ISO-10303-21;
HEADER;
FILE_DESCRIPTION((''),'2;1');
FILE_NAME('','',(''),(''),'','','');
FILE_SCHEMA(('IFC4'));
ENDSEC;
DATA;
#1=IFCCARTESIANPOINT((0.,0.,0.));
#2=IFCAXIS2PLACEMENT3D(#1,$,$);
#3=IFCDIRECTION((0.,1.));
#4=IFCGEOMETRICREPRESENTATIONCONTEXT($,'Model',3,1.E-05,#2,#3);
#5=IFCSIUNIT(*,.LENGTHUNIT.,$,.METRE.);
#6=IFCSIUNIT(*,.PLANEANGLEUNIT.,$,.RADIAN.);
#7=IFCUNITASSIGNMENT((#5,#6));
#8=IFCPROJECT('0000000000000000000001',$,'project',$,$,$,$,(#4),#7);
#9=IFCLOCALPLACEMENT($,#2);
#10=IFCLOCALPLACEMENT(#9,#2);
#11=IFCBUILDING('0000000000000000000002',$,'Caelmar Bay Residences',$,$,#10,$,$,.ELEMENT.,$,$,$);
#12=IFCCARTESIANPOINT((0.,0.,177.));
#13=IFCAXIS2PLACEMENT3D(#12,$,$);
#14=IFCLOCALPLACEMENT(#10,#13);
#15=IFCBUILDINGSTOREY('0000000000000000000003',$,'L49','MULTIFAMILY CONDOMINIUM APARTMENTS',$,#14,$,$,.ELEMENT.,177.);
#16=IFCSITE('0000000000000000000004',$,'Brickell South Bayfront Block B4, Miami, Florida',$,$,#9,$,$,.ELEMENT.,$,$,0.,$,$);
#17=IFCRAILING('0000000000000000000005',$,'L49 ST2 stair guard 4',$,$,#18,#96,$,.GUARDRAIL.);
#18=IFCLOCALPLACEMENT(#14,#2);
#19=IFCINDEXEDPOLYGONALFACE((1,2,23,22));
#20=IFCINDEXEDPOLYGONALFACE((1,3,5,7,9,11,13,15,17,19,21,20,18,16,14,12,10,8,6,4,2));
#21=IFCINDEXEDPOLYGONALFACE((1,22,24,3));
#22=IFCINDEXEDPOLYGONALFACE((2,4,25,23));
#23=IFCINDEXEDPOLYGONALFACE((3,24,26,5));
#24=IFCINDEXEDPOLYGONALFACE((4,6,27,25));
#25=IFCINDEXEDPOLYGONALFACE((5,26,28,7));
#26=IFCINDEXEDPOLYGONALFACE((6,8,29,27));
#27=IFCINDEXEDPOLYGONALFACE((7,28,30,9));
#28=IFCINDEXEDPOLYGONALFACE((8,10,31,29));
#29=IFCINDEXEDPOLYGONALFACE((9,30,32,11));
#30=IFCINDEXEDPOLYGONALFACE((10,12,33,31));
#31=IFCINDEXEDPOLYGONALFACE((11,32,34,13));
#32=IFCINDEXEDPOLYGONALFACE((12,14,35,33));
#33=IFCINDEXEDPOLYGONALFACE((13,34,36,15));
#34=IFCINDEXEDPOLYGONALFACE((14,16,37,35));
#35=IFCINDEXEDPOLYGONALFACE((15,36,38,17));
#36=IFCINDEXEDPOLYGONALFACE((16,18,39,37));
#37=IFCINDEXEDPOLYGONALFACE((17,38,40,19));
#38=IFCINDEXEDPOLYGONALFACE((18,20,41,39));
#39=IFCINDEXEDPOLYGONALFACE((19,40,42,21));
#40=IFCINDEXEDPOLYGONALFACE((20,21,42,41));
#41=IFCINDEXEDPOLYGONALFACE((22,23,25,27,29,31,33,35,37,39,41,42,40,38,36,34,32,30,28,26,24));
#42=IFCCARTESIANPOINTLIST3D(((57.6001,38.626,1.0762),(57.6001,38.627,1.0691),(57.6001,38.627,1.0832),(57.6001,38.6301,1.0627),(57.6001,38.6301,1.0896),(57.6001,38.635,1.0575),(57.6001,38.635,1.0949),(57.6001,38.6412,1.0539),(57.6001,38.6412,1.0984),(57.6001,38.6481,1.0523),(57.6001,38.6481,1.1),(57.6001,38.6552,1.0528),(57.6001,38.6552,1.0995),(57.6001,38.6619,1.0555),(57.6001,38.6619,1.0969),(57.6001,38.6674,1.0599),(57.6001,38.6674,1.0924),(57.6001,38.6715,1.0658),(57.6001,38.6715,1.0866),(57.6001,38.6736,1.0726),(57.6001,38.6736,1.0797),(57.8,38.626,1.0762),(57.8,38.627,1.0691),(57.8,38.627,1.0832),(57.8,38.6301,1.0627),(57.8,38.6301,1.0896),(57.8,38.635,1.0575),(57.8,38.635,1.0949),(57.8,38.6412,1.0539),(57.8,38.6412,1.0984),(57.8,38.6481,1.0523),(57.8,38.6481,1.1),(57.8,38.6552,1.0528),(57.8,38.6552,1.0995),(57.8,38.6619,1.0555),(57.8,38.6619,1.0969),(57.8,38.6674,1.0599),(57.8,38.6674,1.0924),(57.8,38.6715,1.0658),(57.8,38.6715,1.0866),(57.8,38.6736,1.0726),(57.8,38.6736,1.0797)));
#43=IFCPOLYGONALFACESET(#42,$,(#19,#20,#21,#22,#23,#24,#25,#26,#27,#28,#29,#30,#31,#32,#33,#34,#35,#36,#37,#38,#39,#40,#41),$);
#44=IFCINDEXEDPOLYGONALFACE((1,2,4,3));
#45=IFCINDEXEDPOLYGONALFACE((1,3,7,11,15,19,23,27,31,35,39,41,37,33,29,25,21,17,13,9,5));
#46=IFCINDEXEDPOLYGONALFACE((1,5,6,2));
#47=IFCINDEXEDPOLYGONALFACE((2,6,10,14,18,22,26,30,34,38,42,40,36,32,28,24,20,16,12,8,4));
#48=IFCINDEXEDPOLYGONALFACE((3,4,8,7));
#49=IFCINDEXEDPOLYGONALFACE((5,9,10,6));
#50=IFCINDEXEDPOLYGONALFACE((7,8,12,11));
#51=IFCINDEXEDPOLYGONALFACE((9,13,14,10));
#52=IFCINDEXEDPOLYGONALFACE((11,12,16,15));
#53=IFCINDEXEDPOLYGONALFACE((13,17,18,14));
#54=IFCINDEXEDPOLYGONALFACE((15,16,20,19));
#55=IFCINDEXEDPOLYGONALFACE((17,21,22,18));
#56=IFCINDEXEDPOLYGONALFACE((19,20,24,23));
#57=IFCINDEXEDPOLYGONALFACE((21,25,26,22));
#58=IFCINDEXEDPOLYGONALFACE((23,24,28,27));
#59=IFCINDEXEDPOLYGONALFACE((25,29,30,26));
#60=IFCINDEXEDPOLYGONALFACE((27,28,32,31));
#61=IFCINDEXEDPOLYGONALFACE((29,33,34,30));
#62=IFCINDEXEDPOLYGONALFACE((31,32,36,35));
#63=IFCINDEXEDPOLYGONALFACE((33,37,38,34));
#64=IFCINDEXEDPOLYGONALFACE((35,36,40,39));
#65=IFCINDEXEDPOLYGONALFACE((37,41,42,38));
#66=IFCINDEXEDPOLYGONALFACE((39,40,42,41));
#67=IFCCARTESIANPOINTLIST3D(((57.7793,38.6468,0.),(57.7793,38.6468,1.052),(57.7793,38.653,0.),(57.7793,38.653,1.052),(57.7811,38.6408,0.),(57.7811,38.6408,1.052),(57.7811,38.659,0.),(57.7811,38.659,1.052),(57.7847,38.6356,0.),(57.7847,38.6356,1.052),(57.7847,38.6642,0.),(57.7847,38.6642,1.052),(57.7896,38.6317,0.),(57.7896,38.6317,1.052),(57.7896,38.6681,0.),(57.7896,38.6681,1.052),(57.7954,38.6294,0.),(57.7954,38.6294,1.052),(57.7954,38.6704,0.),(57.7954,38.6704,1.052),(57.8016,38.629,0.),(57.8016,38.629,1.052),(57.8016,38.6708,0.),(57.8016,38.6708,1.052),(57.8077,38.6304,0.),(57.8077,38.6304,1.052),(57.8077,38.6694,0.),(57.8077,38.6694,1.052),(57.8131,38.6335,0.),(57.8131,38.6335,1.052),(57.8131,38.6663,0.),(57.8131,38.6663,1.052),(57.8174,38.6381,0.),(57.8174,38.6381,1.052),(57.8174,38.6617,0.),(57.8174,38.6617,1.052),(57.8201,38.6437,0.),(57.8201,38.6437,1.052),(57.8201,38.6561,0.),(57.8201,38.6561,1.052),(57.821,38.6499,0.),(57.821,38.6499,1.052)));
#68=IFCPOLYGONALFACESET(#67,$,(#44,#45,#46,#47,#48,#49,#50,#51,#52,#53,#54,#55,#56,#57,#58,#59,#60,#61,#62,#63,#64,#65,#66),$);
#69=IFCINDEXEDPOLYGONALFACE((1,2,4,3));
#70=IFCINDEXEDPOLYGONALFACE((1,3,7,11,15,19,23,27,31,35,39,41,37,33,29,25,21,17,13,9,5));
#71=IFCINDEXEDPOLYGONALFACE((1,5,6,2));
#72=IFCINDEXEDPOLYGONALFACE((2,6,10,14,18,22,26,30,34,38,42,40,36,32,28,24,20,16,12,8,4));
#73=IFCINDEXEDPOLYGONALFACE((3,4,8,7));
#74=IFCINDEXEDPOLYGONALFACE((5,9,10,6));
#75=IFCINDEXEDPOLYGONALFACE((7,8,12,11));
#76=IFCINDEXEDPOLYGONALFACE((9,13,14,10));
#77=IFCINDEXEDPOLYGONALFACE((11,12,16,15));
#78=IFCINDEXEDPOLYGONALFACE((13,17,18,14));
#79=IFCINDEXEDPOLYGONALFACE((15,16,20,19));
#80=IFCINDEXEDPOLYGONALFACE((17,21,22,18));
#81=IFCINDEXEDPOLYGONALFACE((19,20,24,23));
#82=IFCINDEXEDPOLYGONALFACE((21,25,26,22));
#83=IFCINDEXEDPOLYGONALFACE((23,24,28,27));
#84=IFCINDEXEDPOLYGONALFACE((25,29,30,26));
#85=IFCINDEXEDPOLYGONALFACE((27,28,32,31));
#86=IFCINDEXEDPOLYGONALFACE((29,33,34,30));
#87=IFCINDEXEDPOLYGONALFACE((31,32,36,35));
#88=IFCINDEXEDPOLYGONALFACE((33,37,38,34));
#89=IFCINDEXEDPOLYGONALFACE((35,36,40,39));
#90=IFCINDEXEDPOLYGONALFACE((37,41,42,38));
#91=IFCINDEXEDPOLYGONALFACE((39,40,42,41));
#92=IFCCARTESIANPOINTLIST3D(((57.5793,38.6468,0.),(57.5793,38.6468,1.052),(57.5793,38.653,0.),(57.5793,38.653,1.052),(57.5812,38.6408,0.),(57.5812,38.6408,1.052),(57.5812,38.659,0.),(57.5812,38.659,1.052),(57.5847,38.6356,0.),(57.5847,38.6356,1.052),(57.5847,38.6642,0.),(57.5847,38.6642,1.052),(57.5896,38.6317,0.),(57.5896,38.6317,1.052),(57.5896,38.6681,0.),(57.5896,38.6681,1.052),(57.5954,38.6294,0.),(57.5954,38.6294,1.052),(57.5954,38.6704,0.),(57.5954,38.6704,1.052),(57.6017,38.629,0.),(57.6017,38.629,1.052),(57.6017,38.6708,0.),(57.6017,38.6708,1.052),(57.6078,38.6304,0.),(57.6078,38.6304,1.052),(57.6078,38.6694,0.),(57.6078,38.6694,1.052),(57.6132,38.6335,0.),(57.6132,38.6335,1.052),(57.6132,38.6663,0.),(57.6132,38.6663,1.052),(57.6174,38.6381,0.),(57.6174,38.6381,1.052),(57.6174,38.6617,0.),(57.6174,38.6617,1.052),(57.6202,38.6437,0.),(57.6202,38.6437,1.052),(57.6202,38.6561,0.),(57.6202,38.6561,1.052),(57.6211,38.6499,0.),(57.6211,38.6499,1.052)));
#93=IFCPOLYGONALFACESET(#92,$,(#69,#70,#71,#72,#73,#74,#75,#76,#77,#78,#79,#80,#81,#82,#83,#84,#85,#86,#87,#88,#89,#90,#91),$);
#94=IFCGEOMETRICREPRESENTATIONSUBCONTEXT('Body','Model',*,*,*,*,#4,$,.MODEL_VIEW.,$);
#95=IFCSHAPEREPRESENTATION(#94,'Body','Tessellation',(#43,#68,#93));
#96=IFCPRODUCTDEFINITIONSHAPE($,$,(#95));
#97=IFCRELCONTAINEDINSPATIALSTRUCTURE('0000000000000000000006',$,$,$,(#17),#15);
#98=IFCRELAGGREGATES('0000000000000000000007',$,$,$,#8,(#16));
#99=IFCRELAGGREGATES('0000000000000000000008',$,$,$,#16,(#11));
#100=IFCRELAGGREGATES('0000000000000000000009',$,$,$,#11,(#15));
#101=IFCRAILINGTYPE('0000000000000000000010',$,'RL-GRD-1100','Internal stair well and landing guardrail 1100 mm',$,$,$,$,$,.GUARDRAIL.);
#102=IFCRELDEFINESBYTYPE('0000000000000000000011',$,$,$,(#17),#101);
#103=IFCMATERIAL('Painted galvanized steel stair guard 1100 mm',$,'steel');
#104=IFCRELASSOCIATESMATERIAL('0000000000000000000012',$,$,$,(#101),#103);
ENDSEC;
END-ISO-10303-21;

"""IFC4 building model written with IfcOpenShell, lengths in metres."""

from ifc_helpers import new_model, si_unit, direction, frame, origin, origin_2d, place, context, subcontext, project, spatial, circle, extrude, material, type_object, element, save


model = new_model("IFC4")

# Units and contexts
model_context = context("Model", 3, precision=1e-05, world=origin(), true_north=direction((0.0, 1.0)))
body_context = subcontext(model_context, "Body", "Model", "MODEL_VIEW")
ifc_project = project(units=[si_unit("LENGTHUNIT", "METRE"), si_unit("PLANEANGLEUNIT", "RADIAN")], contexts=[model_context])

# Site, building, storey
site_placement = place(None, origin())
site = spatial("IfcSite", under=ifc_project, at=site_placement, Name="Brickell South Bayfront Block B4, Miami, Florida", CompositionType="ELEMENT", RefElevation=0.0)
building_placement = place(site_placement, origin())
building = spatial("IfcBuilding", under=site, at=building_placement, Name="Caelmar Bay Residences", CompositionType="ELEMENT")
storey_placement = place(building_placement, frame((0.0, 0.0, 177.0)))
storey = spatial("IfcBuildingStorey", under=building, at=storey_placement, Name="L49", Description="MULTIFAMILY CONDOMINIUM APARTMENTS", CompositionType="ELEMENT", Elevation=177.0)

# Railing
ifc_material_1 = material(Name="Painted galvanized steel stair guard 1100 mm", Category="steel")
railing_type_1 = type_object("IfcRailingType", Name="RL-GRD-1100", Description="Internal stair well and landing guardrail 1100 mm", PredefinedType="GUARDRAIL", material=ifc_material_1)
railing_1_placement = place(storey_placement, frame((57.8, 38.6499, 0.0)))
element("IfcRailing", 1, at=railing_1_placement, inside=storey, type_object=railing_type_1, Name="L49 ST2 stair guard 4", PredefinedType="GUARDRAIL", context=body_context, shape_type="SweptSolid", body=[
    extrude(circle(Radius=0.0239, at=origin_2d()), frame((0.0, 0.0, 1.0762), z_axis=(-1.0, 0.0, 0.0), x_axis=(0.0, -1.0, 0.0)), (0.0, 0.0, 1.0), 0.2),
    extrude(circle(Radius=0.021, at=origin_2d()), origin(), (0.0, 0.0, 1.0), 1.052),
    extrude(circle(Radius=0.021, at=origin_2d()), frame((-0.2, 0.0, 0.0)), (0.0, 0.0, 1.0), 1.052),
])

save(model, "model.ifc")
